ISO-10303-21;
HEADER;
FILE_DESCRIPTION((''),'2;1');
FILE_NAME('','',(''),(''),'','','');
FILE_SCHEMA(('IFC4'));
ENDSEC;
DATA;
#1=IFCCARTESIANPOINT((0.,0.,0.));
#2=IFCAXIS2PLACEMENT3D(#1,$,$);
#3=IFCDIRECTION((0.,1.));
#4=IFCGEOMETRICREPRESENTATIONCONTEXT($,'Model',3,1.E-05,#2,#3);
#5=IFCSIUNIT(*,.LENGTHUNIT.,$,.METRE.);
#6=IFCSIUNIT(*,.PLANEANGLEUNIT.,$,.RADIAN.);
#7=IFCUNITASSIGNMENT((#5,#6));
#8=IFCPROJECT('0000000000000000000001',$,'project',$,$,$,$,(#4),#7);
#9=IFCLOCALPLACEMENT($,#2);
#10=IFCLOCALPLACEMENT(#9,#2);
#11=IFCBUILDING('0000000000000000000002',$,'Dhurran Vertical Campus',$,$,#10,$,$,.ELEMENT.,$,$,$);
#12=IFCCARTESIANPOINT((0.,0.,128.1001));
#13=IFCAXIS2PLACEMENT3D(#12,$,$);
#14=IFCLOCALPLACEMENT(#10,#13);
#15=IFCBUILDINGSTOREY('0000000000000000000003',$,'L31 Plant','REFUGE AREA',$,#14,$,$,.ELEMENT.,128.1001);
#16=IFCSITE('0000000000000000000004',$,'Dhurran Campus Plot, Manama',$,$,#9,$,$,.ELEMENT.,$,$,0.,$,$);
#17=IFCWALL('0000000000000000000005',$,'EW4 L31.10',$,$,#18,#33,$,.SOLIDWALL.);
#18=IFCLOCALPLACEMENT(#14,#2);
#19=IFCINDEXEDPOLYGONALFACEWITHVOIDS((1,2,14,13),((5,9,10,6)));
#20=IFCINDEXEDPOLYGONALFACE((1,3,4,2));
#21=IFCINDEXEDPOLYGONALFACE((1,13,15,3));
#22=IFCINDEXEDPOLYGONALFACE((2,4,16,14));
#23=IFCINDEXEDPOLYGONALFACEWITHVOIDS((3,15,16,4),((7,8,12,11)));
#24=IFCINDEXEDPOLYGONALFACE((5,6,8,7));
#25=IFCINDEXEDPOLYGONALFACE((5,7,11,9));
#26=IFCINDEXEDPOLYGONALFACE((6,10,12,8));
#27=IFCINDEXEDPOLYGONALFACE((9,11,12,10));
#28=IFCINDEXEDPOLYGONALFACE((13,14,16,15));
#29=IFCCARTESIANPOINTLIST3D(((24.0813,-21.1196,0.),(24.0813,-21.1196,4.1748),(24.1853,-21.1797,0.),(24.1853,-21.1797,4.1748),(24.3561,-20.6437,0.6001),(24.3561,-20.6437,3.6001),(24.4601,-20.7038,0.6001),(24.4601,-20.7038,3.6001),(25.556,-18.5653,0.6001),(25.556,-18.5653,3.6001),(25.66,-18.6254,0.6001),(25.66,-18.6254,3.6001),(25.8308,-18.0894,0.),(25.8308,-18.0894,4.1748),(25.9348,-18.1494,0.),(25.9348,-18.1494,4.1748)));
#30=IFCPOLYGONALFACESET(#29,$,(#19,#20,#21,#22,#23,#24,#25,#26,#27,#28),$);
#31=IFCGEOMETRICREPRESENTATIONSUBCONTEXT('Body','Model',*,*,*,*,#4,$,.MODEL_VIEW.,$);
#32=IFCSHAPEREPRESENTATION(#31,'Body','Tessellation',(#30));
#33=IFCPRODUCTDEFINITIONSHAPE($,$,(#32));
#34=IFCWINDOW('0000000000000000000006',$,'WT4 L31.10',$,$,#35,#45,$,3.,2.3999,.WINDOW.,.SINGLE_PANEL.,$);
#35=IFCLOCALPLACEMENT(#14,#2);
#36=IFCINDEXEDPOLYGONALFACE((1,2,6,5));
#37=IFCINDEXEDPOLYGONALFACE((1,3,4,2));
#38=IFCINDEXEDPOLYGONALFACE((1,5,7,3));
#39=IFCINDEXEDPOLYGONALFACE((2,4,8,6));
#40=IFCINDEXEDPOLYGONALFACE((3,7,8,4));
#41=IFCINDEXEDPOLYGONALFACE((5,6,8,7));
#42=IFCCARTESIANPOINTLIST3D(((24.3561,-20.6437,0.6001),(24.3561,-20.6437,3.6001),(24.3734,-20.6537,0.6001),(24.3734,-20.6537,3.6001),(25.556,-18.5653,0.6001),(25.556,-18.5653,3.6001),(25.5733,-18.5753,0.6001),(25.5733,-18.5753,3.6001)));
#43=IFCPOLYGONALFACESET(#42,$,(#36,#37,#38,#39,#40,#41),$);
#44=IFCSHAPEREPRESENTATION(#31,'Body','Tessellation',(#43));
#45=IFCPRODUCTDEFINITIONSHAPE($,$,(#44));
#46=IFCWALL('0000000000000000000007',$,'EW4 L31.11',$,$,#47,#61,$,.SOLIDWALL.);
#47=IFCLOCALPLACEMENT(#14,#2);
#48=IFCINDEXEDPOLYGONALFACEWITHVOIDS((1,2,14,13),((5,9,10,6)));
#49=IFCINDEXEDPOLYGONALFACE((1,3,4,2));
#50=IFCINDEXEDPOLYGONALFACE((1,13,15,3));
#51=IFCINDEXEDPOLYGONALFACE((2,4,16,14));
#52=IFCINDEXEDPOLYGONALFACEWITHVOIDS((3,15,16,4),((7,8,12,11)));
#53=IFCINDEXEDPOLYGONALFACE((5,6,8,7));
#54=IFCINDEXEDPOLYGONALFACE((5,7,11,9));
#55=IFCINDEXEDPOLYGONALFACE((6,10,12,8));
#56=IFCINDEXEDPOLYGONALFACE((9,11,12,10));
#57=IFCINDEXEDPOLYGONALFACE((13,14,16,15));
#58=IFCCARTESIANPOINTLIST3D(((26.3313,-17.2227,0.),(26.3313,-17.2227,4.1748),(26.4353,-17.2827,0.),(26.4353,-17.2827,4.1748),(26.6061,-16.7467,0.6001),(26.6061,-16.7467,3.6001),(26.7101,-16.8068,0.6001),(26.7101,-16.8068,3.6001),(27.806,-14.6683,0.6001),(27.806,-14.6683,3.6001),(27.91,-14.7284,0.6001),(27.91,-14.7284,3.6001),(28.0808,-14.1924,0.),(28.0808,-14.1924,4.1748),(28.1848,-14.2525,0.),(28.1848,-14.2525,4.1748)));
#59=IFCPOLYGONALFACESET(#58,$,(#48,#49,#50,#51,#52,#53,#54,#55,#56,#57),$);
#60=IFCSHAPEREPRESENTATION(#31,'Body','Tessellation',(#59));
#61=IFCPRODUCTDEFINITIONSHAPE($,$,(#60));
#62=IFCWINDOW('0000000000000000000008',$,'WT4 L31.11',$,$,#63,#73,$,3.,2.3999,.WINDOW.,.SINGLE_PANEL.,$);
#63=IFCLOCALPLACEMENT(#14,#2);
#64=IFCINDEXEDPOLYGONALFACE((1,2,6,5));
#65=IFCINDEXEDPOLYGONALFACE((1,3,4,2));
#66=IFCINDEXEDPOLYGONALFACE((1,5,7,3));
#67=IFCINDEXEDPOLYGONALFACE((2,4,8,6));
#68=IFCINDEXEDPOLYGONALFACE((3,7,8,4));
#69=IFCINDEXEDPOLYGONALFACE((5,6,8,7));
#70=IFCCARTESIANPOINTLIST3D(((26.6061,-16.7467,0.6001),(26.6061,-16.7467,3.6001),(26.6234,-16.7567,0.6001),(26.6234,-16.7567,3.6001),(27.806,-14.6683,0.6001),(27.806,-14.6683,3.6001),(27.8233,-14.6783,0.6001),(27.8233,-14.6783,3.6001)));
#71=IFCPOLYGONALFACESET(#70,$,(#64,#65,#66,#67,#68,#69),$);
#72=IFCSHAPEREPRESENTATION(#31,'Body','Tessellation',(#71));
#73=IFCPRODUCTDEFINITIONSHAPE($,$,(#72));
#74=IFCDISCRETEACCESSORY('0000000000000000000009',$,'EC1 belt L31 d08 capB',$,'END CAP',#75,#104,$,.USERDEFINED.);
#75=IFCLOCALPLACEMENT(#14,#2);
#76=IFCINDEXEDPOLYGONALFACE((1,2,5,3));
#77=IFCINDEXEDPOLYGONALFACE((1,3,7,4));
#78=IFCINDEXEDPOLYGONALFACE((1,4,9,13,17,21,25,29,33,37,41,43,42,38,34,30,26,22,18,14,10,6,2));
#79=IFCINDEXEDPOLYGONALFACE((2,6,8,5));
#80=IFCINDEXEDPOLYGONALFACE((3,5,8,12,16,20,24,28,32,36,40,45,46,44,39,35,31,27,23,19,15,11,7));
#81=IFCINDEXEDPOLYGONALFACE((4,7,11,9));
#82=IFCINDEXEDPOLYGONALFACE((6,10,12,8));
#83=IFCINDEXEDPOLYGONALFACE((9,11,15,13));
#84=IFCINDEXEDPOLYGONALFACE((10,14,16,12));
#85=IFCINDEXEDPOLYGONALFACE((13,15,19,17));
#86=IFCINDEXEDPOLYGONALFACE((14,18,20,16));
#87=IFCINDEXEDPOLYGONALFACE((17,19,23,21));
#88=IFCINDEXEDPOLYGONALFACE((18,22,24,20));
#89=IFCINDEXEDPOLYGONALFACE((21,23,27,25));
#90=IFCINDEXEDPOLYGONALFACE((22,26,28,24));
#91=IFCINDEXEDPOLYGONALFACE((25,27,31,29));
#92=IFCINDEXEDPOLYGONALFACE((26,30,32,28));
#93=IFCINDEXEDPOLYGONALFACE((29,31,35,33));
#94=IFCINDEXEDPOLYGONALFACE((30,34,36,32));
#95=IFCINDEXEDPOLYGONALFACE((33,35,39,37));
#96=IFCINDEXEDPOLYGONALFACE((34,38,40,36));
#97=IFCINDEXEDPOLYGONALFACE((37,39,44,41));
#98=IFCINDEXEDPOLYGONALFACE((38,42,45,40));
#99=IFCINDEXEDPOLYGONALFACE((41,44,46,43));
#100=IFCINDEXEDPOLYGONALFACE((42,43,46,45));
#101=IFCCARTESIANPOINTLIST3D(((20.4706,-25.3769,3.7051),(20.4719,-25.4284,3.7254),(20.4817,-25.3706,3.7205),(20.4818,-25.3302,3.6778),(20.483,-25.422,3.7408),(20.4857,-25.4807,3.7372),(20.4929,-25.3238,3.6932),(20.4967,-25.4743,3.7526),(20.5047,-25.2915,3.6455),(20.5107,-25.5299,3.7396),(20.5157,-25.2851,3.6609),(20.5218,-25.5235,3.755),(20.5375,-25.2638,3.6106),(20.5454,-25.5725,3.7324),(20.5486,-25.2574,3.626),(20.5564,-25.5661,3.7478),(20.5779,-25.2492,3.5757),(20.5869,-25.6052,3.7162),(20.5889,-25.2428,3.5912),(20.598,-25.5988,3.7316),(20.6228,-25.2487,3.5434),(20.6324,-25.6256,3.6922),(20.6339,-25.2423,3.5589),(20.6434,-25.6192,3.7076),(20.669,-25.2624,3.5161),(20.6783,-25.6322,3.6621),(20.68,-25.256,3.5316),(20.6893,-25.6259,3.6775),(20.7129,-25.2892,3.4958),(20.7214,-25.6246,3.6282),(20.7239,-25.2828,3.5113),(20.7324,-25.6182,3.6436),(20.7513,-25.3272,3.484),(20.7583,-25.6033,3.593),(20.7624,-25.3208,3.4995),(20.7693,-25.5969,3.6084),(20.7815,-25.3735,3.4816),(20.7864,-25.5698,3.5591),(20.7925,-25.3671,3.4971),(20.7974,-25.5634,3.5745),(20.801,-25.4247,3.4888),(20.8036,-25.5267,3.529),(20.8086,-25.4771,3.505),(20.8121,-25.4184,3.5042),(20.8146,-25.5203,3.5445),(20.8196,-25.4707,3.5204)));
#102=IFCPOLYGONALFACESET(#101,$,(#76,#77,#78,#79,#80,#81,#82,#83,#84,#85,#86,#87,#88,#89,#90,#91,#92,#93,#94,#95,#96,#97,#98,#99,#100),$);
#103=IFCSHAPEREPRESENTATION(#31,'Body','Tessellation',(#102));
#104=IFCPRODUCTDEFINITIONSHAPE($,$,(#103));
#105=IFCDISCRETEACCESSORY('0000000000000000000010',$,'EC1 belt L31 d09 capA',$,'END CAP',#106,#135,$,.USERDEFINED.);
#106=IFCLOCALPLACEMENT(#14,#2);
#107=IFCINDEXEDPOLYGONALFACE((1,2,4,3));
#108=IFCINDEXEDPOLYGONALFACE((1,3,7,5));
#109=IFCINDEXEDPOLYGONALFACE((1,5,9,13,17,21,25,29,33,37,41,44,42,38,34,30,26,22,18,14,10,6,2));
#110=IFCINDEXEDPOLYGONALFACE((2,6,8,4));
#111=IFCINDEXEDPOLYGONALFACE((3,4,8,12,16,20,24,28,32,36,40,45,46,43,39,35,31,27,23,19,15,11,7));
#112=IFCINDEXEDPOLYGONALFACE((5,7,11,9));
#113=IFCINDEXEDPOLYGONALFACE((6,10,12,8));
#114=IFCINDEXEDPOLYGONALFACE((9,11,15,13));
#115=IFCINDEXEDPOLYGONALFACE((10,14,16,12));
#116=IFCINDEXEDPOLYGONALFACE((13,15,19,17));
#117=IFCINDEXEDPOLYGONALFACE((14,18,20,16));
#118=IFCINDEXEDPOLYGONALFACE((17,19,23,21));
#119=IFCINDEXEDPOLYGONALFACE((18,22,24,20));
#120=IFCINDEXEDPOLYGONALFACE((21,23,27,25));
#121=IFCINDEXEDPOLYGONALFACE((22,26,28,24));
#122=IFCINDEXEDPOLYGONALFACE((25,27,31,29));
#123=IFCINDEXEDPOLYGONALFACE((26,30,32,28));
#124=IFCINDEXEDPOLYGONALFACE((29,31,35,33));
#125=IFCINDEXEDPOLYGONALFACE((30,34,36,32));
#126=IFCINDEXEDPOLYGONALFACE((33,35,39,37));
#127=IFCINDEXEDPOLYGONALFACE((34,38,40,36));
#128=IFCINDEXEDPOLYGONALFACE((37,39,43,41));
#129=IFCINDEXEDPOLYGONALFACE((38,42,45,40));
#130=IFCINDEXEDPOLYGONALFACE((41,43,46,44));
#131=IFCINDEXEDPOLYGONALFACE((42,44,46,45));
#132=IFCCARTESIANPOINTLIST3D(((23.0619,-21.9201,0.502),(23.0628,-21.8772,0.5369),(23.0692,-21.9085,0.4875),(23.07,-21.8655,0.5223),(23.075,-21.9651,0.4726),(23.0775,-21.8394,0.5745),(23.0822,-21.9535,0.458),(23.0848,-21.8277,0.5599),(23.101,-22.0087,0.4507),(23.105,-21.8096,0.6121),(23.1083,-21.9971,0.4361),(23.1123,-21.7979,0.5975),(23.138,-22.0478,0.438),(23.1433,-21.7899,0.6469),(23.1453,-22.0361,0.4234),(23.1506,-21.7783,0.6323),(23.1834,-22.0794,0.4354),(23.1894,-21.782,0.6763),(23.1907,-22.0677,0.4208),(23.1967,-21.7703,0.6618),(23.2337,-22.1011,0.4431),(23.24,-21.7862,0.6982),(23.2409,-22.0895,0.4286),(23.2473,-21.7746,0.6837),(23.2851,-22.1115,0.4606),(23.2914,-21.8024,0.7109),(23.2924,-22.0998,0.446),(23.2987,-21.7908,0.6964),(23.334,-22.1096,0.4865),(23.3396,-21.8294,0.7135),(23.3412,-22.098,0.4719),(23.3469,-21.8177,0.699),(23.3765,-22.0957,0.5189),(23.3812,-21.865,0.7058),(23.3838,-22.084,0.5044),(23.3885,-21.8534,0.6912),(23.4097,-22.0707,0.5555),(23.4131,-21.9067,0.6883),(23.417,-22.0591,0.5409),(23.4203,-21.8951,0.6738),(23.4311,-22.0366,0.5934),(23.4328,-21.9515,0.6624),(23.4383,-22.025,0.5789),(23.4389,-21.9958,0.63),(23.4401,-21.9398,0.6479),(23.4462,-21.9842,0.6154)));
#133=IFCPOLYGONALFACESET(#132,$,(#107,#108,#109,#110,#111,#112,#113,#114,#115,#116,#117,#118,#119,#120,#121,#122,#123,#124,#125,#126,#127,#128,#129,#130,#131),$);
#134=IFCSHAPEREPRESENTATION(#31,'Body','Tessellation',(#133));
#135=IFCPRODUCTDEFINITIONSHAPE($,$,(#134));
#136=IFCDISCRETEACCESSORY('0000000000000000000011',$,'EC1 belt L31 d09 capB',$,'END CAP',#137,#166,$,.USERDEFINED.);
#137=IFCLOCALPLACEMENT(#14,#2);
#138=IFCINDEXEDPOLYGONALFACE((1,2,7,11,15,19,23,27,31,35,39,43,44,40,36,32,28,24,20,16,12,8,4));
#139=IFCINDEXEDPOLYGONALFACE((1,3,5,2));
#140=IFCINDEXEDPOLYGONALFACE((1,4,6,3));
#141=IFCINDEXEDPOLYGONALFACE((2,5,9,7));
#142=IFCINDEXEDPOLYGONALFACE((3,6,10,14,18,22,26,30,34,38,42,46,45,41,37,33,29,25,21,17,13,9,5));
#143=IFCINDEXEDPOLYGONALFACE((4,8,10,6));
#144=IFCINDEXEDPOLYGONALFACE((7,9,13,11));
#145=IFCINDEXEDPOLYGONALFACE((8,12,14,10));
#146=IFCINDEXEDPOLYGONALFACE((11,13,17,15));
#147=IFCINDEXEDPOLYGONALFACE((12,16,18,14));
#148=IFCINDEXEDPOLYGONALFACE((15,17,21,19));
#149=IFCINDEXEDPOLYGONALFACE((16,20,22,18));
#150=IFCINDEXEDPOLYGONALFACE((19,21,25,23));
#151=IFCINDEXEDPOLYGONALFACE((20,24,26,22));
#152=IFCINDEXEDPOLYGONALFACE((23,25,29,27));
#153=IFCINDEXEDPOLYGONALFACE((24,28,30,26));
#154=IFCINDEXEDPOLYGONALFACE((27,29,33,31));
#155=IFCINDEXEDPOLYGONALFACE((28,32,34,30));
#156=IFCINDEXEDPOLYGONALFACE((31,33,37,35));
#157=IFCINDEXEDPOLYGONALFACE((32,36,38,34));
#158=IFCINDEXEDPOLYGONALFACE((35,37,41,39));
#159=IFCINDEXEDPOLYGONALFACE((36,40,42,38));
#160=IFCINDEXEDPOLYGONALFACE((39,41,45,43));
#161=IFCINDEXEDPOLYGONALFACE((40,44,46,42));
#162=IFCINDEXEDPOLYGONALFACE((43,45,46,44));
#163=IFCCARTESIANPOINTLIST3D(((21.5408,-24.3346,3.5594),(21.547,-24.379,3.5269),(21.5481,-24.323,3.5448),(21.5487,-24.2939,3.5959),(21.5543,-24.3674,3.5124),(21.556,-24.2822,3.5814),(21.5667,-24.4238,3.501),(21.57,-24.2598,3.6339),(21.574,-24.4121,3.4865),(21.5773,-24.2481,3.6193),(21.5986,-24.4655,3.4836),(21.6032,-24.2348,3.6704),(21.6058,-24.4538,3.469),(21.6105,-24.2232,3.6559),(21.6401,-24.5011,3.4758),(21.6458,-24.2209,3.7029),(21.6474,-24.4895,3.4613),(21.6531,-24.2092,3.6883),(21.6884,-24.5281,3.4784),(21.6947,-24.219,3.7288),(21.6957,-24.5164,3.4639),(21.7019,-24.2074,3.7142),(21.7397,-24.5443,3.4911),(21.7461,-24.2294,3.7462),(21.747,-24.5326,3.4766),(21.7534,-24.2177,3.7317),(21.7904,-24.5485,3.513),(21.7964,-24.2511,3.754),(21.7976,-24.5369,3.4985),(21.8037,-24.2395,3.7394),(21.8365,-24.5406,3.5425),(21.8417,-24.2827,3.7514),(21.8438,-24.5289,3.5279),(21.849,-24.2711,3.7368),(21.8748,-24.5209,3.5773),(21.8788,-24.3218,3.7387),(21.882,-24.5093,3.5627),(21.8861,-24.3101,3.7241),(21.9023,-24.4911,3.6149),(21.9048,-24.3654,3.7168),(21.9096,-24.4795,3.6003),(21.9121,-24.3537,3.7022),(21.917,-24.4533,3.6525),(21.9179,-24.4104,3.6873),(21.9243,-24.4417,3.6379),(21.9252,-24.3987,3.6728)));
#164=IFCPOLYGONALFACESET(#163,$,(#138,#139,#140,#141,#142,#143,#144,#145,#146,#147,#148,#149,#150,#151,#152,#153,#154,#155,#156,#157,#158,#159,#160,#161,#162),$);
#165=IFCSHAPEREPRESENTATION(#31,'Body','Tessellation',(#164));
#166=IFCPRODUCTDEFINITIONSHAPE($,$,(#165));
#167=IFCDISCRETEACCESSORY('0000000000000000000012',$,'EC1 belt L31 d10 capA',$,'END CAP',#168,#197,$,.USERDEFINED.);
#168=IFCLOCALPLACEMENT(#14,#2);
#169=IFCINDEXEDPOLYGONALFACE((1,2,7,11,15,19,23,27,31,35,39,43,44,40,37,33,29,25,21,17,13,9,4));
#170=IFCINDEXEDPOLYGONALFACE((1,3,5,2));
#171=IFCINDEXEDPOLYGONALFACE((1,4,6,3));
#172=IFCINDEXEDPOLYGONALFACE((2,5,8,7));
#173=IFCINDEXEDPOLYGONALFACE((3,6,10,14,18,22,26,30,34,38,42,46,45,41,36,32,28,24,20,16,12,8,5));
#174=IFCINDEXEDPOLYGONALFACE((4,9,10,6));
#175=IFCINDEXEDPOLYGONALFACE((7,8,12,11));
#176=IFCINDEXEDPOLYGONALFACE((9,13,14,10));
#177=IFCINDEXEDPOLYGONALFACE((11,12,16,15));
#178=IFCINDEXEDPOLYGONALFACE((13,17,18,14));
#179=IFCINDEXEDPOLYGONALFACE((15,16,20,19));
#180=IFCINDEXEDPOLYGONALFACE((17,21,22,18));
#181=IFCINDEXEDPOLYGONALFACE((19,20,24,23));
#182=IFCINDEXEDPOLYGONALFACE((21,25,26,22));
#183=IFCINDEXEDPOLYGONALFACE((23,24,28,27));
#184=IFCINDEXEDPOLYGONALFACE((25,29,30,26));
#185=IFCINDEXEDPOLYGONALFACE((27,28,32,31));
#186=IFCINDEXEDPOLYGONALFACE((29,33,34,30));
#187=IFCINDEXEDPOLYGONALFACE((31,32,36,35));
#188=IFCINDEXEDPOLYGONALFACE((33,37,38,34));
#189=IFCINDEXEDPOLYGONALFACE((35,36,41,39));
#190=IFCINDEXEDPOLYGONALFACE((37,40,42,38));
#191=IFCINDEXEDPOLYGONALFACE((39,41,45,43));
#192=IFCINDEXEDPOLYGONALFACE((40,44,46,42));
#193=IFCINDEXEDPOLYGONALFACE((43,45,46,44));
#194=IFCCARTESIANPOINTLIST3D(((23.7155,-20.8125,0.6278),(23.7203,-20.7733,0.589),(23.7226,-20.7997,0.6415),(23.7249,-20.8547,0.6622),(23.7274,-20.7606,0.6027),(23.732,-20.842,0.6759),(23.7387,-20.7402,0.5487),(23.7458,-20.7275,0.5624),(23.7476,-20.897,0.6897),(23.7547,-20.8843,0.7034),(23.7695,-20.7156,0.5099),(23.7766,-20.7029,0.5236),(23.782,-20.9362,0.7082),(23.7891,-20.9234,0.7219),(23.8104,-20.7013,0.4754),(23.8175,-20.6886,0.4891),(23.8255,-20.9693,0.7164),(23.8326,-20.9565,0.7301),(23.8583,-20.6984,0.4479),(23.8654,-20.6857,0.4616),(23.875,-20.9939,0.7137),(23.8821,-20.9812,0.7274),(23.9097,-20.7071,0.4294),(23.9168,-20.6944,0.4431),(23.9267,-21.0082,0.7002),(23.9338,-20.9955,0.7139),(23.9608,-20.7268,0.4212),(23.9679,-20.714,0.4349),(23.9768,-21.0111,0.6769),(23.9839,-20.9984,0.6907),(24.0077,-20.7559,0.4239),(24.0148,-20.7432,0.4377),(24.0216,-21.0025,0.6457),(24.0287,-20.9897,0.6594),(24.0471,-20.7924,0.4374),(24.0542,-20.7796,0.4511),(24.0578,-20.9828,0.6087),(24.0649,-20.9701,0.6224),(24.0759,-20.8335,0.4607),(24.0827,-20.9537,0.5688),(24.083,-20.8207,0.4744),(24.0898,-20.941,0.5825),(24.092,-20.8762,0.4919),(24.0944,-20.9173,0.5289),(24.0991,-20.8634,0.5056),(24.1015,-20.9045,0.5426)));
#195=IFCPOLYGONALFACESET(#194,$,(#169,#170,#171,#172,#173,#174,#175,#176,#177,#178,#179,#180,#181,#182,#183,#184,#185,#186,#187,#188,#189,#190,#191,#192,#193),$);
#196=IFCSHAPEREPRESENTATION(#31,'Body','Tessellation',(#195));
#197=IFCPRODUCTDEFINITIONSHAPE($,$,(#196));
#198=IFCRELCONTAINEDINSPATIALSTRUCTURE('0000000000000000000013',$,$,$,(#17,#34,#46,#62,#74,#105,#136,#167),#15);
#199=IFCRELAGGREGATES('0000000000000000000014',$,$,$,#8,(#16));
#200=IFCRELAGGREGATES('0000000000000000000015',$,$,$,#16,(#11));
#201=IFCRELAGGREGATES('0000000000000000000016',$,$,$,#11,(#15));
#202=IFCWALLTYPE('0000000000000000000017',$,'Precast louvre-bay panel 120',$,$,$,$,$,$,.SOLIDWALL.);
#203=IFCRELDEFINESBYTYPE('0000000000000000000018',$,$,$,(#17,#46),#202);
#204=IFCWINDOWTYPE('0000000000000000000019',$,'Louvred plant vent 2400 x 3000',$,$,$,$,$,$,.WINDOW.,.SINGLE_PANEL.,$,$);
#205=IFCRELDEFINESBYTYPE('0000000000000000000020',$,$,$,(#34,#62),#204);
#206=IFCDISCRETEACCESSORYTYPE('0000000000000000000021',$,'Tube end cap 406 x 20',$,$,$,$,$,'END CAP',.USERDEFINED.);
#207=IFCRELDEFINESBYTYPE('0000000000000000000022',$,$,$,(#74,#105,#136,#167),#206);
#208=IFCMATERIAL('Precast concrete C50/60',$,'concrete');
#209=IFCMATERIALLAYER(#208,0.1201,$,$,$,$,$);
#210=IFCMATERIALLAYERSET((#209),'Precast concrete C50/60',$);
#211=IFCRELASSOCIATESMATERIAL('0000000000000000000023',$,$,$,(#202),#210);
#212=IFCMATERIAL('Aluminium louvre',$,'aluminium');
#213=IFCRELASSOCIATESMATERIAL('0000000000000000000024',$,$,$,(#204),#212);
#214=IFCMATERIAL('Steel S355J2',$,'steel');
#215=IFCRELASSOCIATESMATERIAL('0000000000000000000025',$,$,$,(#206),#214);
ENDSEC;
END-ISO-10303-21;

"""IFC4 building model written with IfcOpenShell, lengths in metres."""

from ifc_helpers import new_model, si_unit, direction, frame, frame_2d, origin, origin_2d, place, context, subcontext, project, spatial, rectangle, circle, extrude, material, layer, layer_set, material_profile, profile_set, type_object, element, fill, save


model = new_model("IFC4")

# Units and contexts
model_context = context("Model", 3, precision=1e-05, world=origin(), true_north=direction((0.0, 1.0)))
body_context = subcontext(model_context, "Body", "Model", "MODEL_VIEW")
ifc_project = project(units=[si_unit("LENGTHUNIT", "METRE"), si_unit("PLANEANGLEUNIT", "RADIAN")], contexts=[model_context])

# Site, building, storey
site_placement = place(None, origin())
site = spatial("IfcSite", under=ifc_project, at=site_placement, Name="Dhurran Campus Plot, Manama", CompositionType="ELEMENT", RefElevation=0.0)
building_placement = place(site_placement, origin())
building = spatial("IfcBuilding", under=site, at=building_placement, Name="Dhurran Vertical Campus", CompositionType="ELEMENT")
storey_placement = place(building_placement, frame((0.0, 0.0, 128.1001)))
storey = spatial("IfcBuildingStorey", under=building, at=storey_placement, Name="L31 Plant", Description="REFUGE AREA", CompositionType="ELEMENT", Elevation=128.1001)

# Walls, openings, windows
ifc_material_1 = material(Name="Precast concrete C50/60", Category="concrete")
ifc_layer = layer(ifc_material_1, 0.1201)
ifc_layer_set = layer_set([ifc_layer], Name="Precast concrete C50/60")
wall_type = type_object("IfcWallType", Name="Precast louvre-bay panel 120", PredefinedType="SOLIDWALL", material=ifc_layer_set)
ifc_material_2 = material(Name="Aluminium louvre", Category="aluminium")
window_type = type_object("IfcWindowType", Name="Louvred plant vent 2400 x 3000", PartitioningType="SINGLE_PANEL", PredefinedType="WINDOW", material=ifc_material_2)
wall_1_placement = place(storey_placement, frame((24.1333, -21.1497, 0.0), z_axis=(0.0, 0.0, 1.0), x_axis=(0.499996, 0.866028, 0.0)))
wall_1 = element("IfcWall", 1, at=wall_1_placement, inside=storey, type_object=wall_type, Name="EW4 L31.10", PredefinedType="SOLIDWALL", context=body_context, shape_type="SweptSolid", body=[
    extrude(rectangle(XDim=3.499, YDim=0.1201, at=frame_2d((1.7495, 0.0))), origin(), (0.0, 0.0, 1.0), 4.1748),
])
opening_1_placement = place(wall_1_placement, frame((0.5496, 0.0, 0.6001)))
opening_1 = element("IfcOpeningElement", 2, at=opening_1_placement, cuts=wall_1, PredefinedType="OPENING", context=body_context, shape_type="SweptSolid", body=[
    extrude(rectangle(XDim=2.3999, YDim=3.0, at=frame_2d((1.2, 1.5))), frame((0.0, 0.0701, 0.0), z_axis=(0.0, -1.0, 0.0), x_axis=(1.0, 0.0, 0.0)), (0.0, 0.0, 1.0), 0.1401),
])
window_1_placement = place(opening_1_placement, origin())
window_1 = element("IfcWindow", 3, at=window_1_placement, inside=storey, type_object=window_type, Name="WT4 L31.10", OverallHeight=3.0, OverallWidth=2.3999, PartitioningType="SINGLE_PANEL", PredefinedType="WINDOW", context=body_context, shape_type="SweptSolid", body=[
    extrude(rectangle(XDim=2.3999, YDim=3.0, at=frame_2d((1.2, 1.5))), frame((0.0, 0.0601, 0.0), z_axis=(0.0, -1.0, 0.0), x_axis=(1.0, 0.0, 0.0)), (0.0, 0.0, 1.0), 0.02),
])
fill(opening_1, window_1)
wall_2_placement = place(storey_placement, frame((26.3833, -17.2527, 0.0), z_axis=(0.0, 0.0, 1.0), x_axis=(0.499996, 0.866028, 0.0)))
wall_2 = element("IfcWall", 4, at=wall_2_placement, inside=storey, type_object=wall_type, Name="EW4 L31.11", PredefinedType="SOLIDWALL", context=body_context, shape_type="SweptSolid", body=[
    extrude(rectangle(XDim=3.499, YDim=0.1201, at=frame_2d((1.7495, 0.0))), origin(), (0.0, 0.0, 1.0), 4.1748),
])
opening_2_placement = place(wall_2_placement, frame((0.5496, 0.0, 0.6001)))
opening_2 = element("IfcOpeningElement", 5, at=opening_2_placement, cuts=wall_2, PredefinedType="OPENING", context=body_context, shape_type="SweptSolid", body=[
    extrude(rectangle(XDim=2.3999, YDim=3.0, at=frame_2d((1.2, 1.5))), frame((0.0, 0.0701, 0.0), z_axis=(0.0, -1.0, 0.0), x_axis=(1.0, 0.0, 0.0)), (0.0, 0.0, 1.0), 0.1401),
])
window_2_placement = place(opening_2_placement, origin())
window_2 = element("IfcWindow", 6, at=window_2_placement, inside=storey, type_object=window_type, Name="WT4 L31.11", OverallHeight=3.0, OverallWidth=2.3999, PartitioningType="SINGLE_PANEL", PredefinedType="WINDOW", context=body_context, shape_type="SweptSolid", body=[
    extrude(rectangle(XDim=2.3999, YDim=3.0, at=frame_2d((1.2, 1.5))), frame((0.0, 0.0601, 0.0), z_axis=(0.0, -1.0, 0.0), x_axis=(1.0, 0.0, 0.0)), (0.0, 0.0, 1.0), 0.02),
])
fill(opening_2, window_2)

# Discrete accessories
ifc_material_3 = material(Name="Steel S355J2", Category="steel")
ifc_material_profile_1 = material_profile(ifc_material_3, circle(Radius=0.2031, at=origin_2d()), Name="Tube end cap 406 x 20")
ifc_profile_set_1 = profile_set([ifc_material_profile_1], Name="Steel S355J2")
discrete_accessory_type = type_object("IfcDiscreteAccessoryType", Name="Tube end cap 406 x 20", ElementType="END CAP", PredefinedType="USERDEFINED", material=ifc_profile_set_1)
for number, where, z_axis, x_axis, name in (
    (7, (20.6392, -25.4397, 3.6106), (0.550997, 0.318354, 0.771396), (-0.500278, 0.865865, 0.0), "EC1 belt L31 d08 capB"),
    (8, (23.2498, -21.947, 0.5745), (0.363696, 0.581914, -0.727393), (-0.847998, 0.529999, 0.0), "EC1 belt L31 d09 capA"),
    (9, (21.7373, -24.3718, 3.6003), (-0.363696, -0.581914, 0.727393), (0.847998, -0.529999, 0.0), "EC1 belt L31 d09 capB"),
    (10, (23.9124, -20.842, 0.5825), (-0.354795, -0.636184, -0.685121), (0.873364, -0.487068, 0.0), "EC1 belt L31 d10 capA"),
):
    element("IfcDiscreteAccessory", number, at=place(storey_placement, frame(where, z_axis=z_axis, x_axis=x_axis)), inside=storey, type_object=discrete_accessory_type, Name=name, ObjectType="END CAP", PredefinedType="USERDEFINED", context=body_context, shape_type="SweptSolid", body=[
        extrude(circle(Radius=0.2031, at=origin_2d()), origin(), (0.0, 0.0, 1.0), 0.02),
    ])

save(model, "model.ifc")
